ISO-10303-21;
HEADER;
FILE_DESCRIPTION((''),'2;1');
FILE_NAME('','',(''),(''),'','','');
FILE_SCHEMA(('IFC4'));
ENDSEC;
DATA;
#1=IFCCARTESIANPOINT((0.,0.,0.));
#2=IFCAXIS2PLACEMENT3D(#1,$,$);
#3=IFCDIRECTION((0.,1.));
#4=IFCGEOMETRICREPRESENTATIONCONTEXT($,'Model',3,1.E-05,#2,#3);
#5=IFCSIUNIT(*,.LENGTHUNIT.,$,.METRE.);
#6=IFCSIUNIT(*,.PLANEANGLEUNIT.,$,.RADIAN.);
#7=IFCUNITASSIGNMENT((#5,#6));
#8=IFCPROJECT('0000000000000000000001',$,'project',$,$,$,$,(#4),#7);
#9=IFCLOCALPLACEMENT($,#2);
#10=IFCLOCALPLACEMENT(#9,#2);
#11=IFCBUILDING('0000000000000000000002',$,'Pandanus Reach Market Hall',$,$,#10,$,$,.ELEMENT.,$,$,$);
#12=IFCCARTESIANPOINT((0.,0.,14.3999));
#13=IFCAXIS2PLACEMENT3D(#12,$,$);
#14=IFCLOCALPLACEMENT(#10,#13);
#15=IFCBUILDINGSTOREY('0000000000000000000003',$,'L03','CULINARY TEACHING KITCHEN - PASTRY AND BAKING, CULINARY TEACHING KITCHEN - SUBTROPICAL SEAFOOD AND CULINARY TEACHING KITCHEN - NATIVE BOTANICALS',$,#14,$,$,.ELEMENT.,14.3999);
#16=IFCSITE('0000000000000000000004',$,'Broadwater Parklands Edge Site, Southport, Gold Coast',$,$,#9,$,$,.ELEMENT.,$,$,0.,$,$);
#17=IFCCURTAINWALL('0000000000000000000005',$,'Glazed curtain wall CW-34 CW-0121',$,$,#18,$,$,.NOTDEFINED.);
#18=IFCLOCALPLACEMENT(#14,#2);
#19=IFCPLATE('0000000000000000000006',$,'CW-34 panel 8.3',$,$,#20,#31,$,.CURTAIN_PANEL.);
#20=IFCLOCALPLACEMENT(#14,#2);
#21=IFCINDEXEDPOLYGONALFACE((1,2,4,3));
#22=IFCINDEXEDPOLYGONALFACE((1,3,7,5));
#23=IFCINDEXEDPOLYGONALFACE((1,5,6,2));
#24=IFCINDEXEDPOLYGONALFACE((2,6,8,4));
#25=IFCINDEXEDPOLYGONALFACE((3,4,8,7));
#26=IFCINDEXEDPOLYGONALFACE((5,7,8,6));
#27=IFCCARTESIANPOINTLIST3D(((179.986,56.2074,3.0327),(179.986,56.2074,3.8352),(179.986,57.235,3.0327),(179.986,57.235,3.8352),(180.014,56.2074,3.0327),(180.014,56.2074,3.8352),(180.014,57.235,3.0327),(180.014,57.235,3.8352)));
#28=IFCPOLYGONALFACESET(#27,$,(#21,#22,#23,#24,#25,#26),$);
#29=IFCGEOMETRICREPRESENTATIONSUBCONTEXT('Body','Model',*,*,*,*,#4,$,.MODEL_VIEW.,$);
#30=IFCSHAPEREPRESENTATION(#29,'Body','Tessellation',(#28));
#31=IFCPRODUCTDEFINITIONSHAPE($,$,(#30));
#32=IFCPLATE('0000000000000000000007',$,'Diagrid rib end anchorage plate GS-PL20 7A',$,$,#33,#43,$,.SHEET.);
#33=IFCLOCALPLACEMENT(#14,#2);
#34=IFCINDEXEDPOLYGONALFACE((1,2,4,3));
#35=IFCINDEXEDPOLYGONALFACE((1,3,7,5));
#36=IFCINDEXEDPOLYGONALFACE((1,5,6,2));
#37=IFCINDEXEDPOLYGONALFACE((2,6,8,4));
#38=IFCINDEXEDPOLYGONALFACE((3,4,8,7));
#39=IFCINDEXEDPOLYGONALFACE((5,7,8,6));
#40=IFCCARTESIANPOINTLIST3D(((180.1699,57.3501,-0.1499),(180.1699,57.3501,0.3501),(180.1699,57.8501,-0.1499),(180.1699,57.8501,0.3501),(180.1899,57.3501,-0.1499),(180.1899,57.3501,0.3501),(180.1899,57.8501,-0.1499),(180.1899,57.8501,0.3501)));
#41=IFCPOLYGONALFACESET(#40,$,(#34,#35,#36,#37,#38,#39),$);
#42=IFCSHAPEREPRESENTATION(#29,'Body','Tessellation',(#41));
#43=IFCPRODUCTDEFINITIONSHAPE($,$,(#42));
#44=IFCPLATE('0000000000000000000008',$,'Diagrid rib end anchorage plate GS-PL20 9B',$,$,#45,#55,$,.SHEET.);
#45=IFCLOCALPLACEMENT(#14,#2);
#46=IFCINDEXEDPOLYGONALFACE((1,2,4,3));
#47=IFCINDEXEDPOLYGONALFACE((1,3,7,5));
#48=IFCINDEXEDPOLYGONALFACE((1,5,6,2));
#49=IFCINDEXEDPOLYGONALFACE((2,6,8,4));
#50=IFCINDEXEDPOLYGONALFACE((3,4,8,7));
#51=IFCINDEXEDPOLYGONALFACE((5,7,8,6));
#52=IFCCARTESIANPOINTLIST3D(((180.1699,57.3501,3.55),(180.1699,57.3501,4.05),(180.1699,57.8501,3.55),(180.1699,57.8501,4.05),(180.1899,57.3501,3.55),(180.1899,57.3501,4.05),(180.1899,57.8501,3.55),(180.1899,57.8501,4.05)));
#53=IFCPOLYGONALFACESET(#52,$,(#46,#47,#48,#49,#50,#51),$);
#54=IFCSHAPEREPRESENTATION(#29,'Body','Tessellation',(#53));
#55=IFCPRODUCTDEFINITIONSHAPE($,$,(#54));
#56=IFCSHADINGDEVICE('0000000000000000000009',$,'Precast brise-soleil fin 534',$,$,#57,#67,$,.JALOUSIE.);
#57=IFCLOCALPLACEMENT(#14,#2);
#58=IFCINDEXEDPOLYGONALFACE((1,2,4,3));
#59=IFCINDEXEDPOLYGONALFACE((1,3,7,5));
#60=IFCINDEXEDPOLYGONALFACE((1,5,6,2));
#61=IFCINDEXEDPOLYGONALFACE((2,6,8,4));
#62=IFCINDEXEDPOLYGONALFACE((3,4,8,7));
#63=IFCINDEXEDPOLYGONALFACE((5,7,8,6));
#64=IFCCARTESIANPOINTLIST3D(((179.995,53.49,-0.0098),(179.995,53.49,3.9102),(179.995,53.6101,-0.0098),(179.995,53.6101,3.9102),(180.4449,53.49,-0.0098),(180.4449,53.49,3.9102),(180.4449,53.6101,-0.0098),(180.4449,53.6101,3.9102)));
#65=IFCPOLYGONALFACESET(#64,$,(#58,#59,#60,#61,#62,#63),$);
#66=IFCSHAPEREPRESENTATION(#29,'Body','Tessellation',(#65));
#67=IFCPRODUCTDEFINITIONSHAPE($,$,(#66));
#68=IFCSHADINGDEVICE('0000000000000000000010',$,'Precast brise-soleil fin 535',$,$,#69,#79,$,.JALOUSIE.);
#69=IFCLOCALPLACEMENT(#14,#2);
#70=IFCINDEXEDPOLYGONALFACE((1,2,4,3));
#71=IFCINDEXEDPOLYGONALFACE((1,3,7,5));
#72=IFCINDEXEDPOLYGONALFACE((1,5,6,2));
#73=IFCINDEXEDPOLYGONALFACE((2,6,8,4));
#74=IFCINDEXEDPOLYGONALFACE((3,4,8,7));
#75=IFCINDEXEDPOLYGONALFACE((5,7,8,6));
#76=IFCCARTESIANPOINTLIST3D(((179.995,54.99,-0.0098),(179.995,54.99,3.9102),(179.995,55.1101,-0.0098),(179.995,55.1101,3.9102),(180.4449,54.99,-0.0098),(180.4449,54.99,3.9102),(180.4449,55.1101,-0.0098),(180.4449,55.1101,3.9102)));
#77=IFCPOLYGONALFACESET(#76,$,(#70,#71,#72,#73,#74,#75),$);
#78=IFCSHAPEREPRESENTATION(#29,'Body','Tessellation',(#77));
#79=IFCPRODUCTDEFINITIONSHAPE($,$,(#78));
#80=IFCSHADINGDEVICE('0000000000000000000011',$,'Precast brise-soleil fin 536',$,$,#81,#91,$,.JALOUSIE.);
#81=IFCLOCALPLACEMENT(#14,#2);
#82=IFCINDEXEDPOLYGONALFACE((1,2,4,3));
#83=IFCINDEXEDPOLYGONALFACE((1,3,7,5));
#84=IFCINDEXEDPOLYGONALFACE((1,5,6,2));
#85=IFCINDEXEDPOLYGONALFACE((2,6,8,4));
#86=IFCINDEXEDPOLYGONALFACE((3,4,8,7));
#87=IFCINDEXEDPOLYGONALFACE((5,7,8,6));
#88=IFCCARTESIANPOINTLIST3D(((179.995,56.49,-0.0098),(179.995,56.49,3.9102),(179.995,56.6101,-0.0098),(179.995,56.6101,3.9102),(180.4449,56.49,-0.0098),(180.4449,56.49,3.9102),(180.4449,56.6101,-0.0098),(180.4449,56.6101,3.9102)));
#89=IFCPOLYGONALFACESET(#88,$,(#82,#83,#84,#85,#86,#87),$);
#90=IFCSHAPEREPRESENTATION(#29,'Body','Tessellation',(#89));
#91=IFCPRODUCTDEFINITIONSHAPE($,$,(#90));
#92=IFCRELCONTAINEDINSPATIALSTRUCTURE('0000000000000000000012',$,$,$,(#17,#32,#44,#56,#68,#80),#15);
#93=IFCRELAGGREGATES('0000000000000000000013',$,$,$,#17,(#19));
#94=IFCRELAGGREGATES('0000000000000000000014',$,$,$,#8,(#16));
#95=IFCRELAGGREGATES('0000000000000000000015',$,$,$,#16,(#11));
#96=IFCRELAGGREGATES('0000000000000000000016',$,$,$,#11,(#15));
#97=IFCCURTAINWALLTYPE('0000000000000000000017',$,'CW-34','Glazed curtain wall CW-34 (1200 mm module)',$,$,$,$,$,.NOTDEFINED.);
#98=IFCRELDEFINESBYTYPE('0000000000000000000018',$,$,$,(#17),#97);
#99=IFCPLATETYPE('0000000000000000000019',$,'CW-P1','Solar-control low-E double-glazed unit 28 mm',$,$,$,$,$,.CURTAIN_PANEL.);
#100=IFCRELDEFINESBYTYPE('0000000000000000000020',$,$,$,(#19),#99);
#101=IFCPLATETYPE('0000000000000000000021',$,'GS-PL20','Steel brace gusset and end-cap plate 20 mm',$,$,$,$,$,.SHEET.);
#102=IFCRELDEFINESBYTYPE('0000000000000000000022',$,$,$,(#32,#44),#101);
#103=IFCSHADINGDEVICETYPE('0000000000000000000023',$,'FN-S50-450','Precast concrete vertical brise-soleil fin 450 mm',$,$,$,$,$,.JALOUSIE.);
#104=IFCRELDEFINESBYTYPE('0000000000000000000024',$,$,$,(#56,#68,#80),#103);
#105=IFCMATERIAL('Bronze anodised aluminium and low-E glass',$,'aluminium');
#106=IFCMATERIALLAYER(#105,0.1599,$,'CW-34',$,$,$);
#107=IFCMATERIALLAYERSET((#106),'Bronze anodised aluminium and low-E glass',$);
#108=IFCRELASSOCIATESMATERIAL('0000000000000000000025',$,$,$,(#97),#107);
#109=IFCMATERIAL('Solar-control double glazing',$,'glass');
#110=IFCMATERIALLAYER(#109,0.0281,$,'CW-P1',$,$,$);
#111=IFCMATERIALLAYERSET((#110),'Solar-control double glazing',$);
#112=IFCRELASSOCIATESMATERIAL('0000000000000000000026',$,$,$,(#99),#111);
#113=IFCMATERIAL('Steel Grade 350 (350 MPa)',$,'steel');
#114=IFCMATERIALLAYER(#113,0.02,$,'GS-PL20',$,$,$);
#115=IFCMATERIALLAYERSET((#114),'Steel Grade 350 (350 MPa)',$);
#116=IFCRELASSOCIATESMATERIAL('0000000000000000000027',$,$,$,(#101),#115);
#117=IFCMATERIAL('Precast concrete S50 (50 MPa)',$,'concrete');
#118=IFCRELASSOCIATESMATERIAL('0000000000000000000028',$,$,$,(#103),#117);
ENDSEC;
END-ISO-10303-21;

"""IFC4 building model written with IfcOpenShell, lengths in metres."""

from ifc_helpers import new_model, si_unit, direction, frame, origin, origin_2d, place, context, subcontext, project, spatial, rectangle, extrude, material, layer, layer_set, type_object, element, aggregate, save


model = new_model("IFC4")

# Units and contexts
model_context = context("Model", 3, precision=1e-05, world=origin(), true_north=direction((0.0, 1.0)))
body_context = subcontext(model_context, "Body", "Model", "MODEL_VIEW")
ifc_project = project(units=[si_unit("LENGTHUNIT", "METRE"), si_unit("PLANEANGLEUNIT", "RADIAN")], contexts=[model_context])

# Site, building, storey
site_placement = place(None, origin())
site = spatial("IfcSite", under=ifc_project, at=site_placement, Name="Broadwater Parklands Edge Site, Southport, Gold Coast", CompositionType="ELEMENT", RefElevation=0.0)
building_placement = place(site_placement, origin())
building = spatial("IfcBuilding", under=site, at=building_placement, Name="Pandanus Reach Market Hall", CompositionType="ELEMENT")
storey_placement = place(building_placement, frame((0.0, 0.0, 14.3999)))
storey = spatial("IfcBuildingStorey", under=building, at=storey_placement, Name="L03", Description="CULINARY TEACHING KITCHEN - PASTRY AND BAKING, CULINARY TEACHING KITCHEN - SUBTROPICAL SEAFOOD AND CULINARY TEACHING KITCHEN - NATIVE BOTANICALS", CompositionType="ELEMENT", Elevation=14.3999)

# Curtain wall
ifc_material_1 = material(Name="Bronze anodised aluminium and low-E glass", Category="aluminium")
ifc_layer_1 = layer(ifc_material_1, 0.1599, Name="CW-34")
ifc_layer_set_1 = layer_set([ifc_layer_1], Name="Bronze anodised aluminium and low-E glass")
curtain_wall_type = type_object("IfcCurtainWallType", Name="CW-34", Description="Glazed curtain wall CW-34 (1200 mm module)", PredefinedType="NOTDEFINED", material=ifc_layer_set_1)
curtain_wall_placement = place(storey_placement, origin())
curtain_wall = element("IfcCurtainWall", 1, at=curtain_wall_placement, inside=storey, type_object=curtain_wall_type, Name="Glazed curtain wall CW-34 CW-0121", PredefinedType="NOTDEFINED")

# Plate
ifc_material_2 = material(Name="Solar-control double glazing", Category="glass")
ifc_layer_2 = layer(ifc_material_2, 0.0281, Name="CW-P1")
ifc_layer_set_2 = layer_set([ifc_layer_2], Name="Solar-control double glazing")
plate_type_1 = type_object("IfcPlateType", Name="CW-P1", Description="Solar-control low-E double-glazed unit 28 mm", PredefinedType="CURTAIN_PANEL", material=ifc_layer_set_2)
plate_1_placement = place(storey_placement, frame((180.0, 56.7212, 3.0327), z_axis=(0.0, 0.0, 1.0), x_axis=(0.0, 1.0, 0.0)))
plate_1 = element("IfcPlate", 2, at=plate_1_placement, type_object=plate_type_1, Name="CW-34 panel 8.3", PredefinedType="CURTAIN_PANEL", context=body_context, shape_type="SweptSolid", body=[
    extrude(rectangle(XDim=1.0276, YDim=0.0281, at=origin_2d()), origin(), (0.0, 0.0, 1.0), 0.8025),
])
aggregate(curtain_wall, [plate_1])

# Plates
ifc_material_3 = material(Name="Steel Grade 350 (350 MPa)", Category="steel")
ifc_layer_3 = layer(ifc_material_3, 0.02, Name="GS-PL20")
ifc_layer_set_3 = layer_set([ifc_layer_3], Name="Steel Grade 350 (350 MPa)")
plate_type_2 = type_object("IfcPlateType", Name="GS-PL20", Description="Steel brace gusset and end-cap plate 20 mm", PredefinedType="SHEET", material=ifc_layer_set_3)
for number, where, z_axis, x_axis, name in (
    (3, (180.1799, 57.6001, -0.1499), (0.0, 0.0, 1.0), (1.0, 0.0, 0.0), "Diagrid rib end anchorage plate GS-PL20 7A"),
    (4, (180.1799, 57.6001, 3.55), (0.0, 0.0, 1.0), (1.0, 0.0, 0.0), "Diagrid rib end anchorage plate GS-PL20 9B"),
):
    element("IfcPlate", number, at=place(storey_placement, frame(where, z_axis=z_axis, x_axis=x_axis)), inside=storey, type_object=plate_type_2, Name=name, PredefinedType="SHEET", context=body_context, shape_type="SweptSolid", body=[
        extrude(rectangle(XDim=0.02, YDim=0.5, at=origin_2d()), origin(), (0.0, 0.0, 1.0), 0.5),
    ])

# Shading devices
ifc_material_4 = material(Name="Precast concrete S50 (50 MPa)", Category="concrete")
shading_device_type = type_object("IfcShadingDeviceType", Name="FN-S50-450", Description="Precast concrete vertical brise-soleil fin 450 mm", PredefinedType="JALOUSIE", material=ifc_material_4)
for number, where, z_axis, x_axis, name in (
    (5, (180.22, 53.55, -0.0098), (0.0, 0.0, 1.0), (1.0, 0.0, 0.0), "Precast brise-soleil fin 534"),
    (6, (180.22, 55.05, -0.0098), (0.0, 0.0, 1.0), (1.0, 0.0, 0.0), "Precast brise-soleil fin 535"),
    (7, (180.22, 56.55, -0.0098), (0.0, 0.0, 1.0), (1.0, 0.0, 0.0), "Precast brise-soleil fin 536"),
):
    element("IfcShadingDevice", number, at=place(storey_placement, frame(where, z_axis=z_axis, x_axis=x_axis)), inside=storey, type_object=shading_device_type, Name=name, PredefinedType="JALOUSIE", context=body_context, shape_type="SweptSolid", body=[
        extrude(rectangle(XDim=0.45, YDim=0.1201, at=origin_2d()), origin(), (0.0, 0.0, 1.0), 3.9199),
    ])

save(model, "model.ifc")
